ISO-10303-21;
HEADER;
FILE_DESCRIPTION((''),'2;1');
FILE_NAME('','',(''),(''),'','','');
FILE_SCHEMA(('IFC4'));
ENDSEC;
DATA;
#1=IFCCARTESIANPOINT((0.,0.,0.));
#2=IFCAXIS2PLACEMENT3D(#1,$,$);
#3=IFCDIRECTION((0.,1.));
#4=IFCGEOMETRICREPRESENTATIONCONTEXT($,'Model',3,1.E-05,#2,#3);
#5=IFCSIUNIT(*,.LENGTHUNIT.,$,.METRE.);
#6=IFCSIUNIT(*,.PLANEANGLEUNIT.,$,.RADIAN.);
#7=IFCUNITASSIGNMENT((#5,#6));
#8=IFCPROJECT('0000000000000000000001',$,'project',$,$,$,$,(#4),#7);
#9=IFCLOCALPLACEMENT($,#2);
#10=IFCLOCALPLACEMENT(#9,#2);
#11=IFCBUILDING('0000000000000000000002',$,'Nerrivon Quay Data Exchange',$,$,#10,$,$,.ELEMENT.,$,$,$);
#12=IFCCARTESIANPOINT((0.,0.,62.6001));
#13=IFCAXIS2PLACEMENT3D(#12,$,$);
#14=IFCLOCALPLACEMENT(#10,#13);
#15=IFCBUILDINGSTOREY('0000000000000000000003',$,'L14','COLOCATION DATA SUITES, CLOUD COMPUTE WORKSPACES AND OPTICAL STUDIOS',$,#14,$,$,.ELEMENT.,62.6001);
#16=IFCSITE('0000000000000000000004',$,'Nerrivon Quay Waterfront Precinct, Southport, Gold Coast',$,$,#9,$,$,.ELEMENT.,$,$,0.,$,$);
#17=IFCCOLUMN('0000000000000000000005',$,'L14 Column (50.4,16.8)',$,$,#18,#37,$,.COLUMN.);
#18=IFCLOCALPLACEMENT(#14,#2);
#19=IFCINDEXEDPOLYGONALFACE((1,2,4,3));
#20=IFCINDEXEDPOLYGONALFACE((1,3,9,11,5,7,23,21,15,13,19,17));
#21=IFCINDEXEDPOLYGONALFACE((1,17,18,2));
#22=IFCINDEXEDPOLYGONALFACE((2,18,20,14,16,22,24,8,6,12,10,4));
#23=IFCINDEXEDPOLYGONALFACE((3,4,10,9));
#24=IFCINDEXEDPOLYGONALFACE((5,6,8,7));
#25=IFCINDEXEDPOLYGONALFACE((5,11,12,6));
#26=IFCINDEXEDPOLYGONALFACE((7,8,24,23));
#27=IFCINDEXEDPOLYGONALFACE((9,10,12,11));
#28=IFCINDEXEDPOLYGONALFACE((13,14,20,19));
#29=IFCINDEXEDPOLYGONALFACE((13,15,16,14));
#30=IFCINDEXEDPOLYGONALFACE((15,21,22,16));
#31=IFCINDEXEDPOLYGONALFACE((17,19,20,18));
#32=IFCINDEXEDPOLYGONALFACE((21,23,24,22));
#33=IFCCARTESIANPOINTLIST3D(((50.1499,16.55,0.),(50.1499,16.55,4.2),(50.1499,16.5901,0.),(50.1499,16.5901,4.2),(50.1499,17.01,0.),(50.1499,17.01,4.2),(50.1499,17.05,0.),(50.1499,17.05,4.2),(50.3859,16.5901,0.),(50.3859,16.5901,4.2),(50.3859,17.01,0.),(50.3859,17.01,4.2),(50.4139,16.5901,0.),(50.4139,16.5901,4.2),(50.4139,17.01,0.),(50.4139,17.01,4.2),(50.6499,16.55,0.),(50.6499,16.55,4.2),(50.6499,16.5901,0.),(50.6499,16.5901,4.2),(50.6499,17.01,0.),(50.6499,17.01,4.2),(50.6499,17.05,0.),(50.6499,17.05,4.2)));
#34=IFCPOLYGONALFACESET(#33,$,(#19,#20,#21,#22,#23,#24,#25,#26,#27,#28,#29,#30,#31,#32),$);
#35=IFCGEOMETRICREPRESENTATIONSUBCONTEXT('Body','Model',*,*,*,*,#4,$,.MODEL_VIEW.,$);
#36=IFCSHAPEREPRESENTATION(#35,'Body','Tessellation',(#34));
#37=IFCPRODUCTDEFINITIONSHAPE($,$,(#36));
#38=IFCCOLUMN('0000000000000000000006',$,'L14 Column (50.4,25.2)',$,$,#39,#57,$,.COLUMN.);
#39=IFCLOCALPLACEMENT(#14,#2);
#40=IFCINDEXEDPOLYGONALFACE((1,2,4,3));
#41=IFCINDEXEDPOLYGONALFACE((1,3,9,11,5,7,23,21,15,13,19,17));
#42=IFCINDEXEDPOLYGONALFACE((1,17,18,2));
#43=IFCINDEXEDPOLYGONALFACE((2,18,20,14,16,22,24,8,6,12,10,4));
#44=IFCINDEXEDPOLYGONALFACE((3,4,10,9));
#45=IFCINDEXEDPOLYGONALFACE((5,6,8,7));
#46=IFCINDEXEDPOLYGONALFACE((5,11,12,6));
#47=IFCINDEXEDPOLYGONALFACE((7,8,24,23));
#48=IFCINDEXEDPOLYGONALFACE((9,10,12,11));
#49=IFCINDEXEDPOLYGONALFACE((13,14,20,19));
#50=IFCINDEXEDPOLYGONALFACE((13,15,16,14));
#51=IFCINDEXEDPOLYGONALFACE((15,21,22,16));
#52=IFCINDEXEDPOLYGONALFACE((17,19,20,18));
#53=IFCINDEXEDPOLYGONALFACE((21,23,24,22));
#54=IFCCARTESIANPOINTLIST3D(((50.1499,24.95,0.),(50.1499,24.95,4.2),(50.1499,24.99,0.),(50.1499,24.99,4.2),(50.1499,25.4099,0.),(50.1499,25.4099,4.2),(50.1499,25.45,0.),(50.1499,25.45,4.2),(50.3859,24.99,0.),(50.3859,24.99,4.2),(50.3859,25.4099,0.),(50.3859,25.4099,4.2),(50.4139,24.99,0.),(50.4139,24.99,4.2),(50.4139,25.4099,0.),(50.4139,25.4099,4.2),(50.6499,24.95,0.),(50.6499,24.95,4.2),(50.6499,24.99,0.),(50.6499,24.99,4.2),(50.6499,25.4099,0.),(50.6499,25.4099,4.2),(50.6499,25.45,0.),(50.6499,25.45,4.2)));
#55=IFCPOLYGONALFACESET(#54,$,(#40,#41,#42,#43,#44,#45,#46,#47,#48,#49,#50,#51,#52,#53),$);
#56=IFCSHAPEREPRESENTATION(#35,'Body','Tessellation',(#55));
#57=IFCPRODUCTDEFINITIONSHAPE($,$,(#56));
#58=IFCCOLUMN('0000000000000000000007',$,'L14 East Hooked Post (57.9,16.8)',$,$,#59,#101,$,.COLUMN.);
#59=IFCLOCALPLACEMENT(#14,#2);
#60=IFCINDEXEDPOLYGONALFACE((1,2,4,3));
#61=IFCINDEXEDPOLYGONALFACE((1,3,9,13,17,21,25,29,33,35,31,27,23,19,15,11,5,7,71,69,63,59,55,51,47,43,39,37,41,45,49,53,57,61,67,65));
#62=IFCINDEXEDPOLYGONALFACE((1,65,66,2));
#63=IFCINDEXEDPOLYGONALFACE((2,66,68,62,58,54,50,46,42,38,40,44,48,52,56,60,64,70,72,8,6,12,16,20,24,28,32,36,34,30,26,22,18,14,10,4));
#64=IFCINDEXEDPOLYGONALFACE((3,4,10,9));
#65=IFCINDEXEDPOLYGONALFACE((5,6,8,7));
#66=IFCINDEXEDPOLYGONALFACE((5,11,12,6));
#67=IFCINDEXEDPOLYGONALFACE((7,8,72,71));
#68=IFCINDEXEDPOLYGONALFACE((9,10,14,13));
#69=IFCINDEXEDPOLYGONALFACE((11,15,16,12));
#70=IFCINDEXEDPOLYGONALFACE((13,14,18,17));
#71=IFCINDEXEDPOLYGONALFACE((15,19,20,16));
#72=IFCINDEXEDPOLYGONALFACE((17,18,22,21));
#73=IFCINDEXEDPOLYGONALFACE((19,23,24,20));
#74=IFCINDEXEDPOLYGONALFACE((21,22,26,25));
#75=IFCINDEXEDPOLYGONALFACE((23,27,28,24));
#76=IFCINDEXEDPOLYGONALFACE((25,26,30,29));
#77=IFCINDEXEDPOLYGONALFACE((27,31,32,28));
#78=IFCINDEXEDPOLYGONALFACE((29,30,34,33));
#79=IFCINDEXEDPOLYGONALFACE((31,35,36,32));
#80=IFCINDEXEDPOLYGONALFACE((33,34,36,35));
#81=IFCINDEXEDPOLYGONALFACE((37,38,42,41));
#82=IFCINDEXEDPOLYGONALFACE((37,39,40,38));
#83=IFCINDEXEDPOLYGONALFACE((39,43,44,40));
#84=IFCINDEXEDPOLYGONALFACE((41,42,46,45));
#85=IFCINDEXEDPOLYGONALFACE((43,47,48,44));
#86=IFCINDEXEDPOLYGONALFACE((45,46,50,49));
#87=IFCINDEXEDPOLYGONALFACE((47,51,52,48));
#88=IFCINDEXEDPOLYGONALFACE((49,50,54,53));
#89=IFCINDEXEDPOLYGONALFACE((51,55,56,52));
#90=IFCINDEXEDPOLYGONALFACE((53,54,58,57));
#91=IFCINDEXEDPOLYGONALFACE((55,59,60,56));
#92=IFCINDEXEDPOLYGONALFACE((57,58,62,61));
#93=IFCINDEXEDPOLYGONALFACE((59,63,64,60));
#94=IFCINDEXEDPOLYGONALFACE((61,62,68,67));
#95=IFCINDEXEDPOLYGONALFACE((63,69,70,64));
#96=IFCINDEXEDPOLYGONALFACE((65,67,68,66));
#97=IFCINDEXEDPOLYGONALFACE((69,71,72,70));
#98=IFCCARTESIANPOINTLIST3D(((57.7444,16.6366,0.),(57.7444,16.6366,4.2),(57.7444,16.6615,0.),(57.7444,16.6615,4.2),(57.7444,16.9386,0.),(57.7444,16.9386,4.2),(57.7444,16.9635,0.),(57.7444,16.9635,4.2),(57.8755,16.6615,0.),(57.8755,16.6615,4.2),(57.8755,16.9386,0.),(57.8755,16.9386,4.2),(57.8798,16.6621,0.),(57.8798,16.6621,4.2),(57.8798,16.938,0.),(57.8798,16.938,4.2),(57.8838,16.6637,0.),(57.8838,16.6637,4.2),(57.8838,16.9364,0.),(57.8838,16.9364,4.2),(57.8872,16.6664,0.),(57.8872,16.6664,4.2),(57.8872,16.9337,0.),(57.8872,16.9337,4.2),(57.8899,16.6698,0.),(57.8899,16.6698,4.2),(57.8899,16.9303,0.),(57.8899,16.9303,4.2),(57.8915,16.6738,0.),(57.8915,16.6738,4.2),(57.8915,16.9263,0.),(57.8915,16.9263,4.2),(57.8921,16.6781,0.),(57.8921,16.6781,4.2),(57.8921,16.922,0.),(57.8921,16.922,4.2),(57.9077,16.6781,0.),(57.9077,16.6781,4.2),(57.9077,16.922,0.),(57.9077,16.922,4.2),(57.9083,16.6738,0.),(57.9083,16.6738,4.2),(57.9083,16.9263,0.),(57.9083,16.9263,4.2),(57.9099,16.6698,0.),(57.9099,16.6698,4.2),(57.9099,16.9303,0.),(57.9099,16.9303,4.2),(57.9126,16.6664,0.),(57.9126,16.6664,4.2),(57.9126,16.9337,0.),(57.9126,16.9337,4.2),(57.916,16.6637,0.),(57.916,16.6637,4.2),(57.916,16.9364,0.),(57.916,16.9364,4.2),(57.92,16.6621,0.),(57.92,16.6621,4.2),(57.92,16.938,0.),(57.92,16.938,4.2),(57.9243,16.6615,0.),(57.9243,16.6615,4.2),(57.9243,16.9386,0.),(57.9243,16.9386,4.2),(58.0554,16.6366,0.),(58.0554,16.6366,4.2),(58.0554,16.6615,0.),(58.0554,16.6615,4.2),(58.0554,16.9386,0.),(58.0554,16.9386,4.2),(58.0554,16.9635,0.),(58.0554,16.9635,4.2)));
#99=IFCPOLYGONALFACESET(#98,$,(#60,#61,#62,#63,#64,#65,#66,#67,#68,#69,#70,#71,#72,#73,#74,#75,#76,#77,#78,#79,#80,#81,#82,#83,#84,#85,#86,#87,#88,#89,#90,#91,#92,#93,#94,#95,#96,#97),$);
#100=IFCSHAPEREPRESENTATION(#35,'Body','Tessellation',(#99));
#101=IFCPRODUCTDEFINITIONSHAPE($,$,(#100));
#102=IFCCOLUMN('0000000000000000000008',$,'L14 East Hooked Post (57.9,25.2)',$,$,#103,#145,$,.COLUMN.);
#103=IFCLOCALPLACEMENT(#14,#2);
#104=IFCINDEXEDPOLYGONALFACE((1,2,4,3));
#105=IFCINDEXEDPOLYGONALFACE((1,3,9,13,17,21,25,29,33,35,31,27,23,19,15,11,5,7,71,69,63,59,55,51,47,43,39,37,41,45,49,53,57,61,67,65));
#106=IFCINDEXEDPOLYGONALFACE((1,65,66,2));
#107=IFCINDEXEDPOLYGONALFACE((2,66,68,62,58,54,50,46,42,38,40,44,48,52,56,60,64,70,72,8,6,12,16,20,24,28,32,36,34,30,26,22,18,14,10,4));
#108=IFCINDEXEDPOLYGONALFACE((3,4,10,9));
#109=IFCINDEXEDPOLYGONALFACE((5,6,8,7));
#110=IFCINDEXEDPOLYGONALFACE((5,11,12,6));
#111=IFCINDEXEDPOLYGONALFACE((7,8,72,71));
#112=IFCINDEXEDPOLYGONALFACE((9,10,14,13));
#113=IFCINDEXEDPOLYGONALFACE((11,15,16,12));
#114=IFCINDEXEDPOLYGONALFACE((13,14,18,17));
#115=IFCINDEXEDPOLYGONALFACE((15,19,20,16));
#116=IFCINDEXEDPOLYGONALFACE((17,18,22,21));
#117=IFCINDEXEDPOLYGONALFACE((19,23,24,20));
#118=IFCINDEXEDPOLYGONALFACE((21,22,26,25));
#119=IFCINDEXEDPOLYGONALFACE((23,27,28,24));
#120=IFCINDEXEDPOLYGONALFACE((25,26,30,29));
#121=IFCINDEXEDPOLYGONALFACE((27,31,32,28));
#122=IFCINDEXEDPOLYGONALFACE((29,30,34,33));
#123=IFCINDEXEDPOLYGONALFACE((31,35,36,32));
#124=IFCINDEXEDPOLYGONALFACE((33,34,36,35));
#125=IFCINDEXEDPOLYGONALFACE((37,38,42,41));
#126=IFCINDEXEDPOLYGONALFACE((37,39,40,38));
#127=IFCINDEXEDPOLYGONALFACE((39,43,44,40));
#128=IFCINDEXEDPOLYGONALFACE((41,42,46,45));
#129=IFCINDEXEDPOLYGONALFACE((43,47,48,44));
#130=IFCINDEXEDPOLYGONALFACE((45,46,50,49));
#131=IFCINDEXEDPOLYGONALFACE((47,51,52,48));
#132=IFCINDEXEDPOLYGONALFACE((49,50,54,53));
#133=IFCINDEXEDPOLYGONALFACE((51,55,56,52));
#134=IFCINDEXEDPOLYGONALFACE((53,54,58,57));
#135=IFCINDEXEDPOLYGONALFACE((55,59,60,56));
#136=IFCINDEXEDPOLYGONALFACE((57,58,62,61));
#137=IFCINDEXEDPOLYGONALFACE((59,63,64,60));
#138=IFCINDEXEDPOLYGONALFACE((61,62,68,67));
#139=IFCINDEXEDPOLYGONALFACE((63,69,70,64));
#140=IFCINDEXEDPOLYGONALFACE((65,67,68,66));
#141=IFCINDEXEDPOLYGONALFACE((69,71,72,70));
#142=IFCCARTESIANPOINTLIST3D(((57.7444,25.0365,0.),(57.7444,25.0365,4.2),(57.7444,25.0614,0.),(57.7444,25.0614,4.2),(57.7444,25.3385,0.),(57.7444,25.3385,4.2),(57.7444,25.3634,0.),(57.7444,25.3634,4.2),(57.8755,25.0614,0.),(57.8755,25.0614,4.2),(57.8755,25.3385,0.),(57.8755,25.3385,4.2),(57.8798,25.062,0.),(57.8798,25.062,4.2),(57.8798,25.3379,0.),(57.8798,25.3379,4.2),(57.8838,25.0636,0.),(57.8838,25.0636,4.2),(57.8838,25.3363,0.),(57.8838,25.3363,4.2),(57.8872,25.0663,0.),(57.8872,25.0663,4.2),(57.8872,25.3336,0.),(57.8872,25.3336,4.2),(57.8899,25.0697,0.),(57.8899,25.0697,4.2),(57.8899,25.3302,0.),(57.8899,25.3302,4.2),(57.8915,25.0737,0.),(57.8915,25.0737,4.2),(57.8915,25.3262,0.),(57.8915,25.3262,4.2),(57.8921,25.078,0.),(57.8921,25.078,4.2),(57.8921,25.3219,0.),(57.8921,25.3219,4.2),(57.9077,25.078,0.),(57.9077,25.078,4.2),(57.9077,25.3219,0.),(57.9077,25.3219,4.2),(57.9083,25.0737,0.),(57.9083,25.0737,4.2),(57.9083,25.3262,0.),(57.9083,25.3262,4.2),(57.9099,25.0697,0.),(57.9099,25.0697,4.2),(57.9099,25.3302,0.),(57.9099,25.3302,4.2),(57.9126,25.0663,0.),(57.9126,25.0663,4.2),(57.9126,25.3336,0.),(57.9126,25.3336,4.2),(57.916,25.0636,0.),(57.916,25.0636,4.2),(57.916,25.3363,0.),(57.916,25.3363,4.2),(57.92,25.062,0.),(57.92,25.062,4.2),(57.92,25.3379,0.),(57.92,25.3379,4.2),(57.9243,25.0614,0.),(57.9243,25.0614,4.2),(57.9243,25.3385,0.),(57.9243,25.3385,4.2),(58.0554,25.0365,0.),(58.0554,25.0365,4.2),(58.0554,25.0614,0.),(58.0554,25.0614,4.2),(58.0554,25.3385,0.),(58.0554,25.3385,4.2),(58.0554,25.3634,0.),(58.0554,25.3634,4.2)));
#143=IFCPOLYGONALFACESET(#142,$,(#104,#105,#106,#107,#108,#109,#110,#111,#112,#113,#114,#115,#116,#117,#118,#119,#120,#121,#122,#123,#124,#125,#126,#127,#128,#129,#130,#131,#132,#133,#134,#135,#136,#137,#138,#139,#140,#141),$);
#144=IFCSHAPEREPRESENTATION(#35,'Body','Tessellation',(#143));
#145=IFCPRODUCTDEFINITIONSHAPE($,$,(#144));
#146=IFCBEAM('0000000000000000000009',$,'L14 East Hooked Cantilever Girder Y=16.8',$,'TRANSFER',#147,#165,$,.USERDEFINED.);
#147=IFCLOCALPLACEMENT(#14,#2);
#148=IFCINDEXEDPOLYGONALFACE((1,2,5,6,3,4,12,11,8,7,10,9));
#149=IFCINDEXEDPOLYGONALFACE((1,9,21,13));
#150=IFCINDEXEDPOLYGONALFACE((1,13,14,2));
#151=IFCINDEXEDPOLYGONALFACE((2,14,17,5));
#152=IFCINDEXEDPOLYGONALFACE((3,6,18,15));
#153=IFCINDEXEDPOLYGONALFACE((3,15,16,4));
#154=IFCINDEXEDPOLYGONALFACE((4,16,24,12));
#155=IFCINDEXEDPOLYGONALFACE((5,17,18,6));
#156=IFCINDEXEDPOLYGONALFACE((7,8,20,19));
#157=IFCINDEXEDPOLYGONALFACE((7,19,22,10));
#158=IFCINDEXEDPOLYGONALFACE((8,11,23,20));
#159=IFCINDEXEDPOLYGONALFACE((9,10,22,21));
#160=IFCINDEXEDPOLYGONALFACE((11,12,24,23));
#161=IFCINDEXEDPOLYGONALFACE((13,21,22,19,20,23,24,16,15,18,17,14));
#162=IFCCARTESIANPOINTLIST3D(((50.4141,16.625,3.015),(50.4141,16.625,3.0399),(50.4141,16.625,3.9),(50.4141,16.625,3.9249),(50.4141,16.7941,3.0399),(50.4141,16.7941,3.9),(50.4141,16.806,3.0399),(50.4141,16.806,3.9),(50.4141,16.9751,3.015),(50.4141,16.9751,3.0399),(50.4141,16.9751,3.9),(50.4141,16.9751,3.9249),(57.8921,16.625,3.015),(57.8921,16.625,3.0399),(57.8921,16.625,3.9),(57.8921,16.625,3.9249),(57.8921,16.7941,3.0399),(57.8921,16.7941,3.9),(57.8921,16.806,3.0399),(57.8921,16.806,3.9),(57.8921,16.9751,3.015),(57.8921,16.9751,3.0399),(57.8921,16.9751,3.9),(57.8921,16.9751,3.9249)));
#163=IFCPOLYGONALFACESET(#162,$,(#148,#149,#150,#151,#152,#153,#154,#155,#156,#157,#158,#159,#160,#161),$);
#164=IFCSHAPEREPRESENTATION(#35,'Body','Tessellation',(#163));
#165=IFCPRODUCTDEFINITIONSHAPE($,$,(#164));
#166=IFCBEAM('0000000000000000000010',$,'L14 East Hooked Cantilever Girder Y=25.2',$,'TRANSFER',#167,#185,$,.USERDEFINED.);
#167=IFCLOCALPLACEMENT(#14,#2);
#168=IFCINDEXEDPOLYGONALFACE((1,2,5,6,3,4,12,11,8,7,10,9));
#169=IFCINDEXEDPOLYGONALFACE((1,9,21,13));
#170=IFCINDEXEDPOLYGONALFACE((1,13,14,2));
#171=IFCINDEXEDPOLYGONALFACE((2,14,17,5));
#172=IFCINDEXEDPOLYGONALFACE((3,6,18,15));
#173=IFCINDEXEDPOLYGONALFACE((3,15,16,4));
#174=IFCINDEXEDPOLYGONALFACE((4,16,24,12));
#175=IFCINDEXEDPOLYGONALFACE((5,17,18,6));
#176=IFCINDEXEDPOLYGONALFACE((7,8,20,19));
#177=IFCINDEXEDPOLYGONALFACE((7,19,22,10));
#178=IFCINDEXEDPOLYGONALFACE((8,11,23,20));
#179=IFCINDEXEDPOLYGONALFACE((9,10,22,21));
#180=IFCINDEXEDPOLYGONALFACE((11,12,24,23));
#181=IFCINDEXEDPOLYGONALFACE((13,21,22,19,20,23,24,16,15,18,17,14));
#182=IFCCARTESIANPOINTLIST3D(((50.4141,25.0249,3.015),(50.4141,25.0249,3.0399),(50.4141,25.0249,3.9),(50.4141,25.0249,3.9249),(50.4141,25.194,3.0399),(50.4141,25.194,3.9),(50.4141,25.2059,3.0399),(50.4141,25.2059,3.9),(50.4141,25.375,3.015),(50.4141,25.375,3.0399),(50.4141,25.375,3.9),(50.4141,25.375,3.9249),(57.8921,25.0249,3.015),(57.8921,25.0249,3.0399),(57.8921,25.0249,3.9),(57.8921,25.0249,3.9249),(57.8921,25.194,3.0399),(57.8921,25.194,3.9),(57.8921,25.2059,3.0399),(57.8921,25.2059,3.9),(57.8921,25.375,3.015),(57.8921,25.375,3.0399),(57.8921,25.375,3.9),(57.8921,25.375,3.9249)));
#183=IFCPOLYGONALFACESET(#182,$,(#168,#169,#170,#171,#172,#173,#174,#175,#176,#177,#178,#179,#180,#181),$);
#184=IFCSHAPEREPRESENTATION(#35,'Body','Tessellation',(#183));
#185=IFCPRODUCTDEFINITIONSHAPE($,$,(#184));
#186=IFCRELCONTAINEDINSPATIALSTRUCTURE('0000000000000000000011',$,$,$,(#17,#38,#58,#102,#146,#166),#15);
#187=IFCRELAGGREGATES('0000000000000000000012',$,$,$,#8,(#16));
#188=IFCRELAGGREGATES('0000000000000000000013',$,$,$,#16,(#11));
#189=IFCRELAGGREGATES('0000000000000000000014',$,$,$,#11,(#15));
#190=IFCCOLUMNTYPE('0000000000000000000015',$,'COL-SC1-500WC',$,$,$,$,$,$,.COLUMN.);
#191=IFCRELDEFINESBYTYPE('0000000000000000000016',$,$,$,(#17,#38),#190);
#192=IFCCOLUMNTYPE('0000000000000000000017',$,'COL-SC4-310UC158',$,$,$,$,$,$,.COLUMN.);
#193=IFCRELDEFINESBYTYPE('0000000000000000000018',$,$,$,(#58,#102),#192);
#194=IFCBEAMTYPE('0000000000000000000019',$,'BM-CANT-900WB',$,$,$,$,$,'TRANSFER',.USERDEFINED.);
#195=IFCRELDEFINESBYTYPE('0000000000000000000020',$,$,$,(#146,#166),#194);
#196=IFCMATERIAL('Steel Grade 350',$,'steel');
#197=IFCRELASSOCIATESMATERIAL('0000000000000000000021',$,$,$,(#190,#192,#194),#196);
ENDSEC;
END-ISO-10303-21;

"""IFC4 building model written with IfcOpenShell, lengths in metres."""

from ifc_helpers import new_model, si_unit, direction, frame, origin, origin_2d, place, context, subcontext, project, spatial, i_section, extrude, material, material_profile, profile_set, type_object, element, save


model = new_model("IFC4")

# Units and contexts
model_context = context("Model", 3, precision=1e-05, world=origin(), true_north=direction((0.0, 1.0)))
body_context = subcontext(model_context, "Body", "Model", "MODEL_VIEW")
ifc_project = project(units=[si_unit("LENGTHUNIT", "METRE"), si_unit("PLANEANGLEUNIT", "RADIAN")], contexts=[model_context])

# Site, building, storey
site_placement = place(None, origin())
site = spatial("IfcSite", under=ifc_project, at=site_placement, Name="Nerrivon Quay Waterfront Precinct, Southport, Gold Coast", CompositionType="ELEMENT", RefElevation=0.0)
building_placement = place(site_placement, origin())
building = spatial("IfcBuilding", under=site, at=building_placement, Name="Nerrivon Quay Data Exchange", CompositionType="ELEMENT")
storey_placement = place(building_placement, frame((0.0, 0.0, 62.6001)))
storey = spatial("IfcBuildingStorey", under=building, at=storey_placement, Name="L14", Description="COLOCATION DATA SUITES, CLOUD COMPUTE WORKSPACES AND OPTICAL STUDIOS", CompositionType="ELEMENT", Elevation=62.6001)

# Columns
ifc_material_1 = material(Name="Steel Grade 350", Category="steel")
ifc_material_profile_1 = material_profile(ifc_material_1, i_section(OverallWidth=0.5, OverallDepth=0.5, WebThickness=0.0281, FlangeThickness=0.04, at=origin_2d()), Name="500WC440")
ifc_profile_set_1 = profile_set([ifc_material_profile_1], Name="Steel Grade 350")
column_type_1 = type_object("IfcColumnType", Name="COL-SC1-500WC", PredefinedType="COLUMN", material=ifc_profile_set_1)
for number, where, z_axis, x_axis, name in (
    (1, (50.3999, 16.8, 0.0), (0.0, 0.0, 1.0), (1.0, 0.0, 0.0), "L14 Column (50.4,16.8)"),
    (2, (50.3999, 25.2, 0.0), (0.0, 0.0, 1.0), (1.0, 0.0, 0.0), "L14 Column (50.4,25.2)"),
):
    element("IfcColumn", number, at=place(storey_placement, frame(where, z_axis=z_axis, x_axis=x_axis)), inside=storey, type_object=column_type_1, Name=name, PredefinedType="COLUMN", context=body_context, shape_type="SweptSolid", body=[
        extrude(i_section(OverallWidth=0.5, OverallDepth=0.5, WebThickness=0.0281, FlangeThickness=0.04, at=origin_2d()), origin(), (0.0, 0.0, 1.0), 4.2),
    ])
ifc_material_profile_2 = material_profile(ifc_material_1, i_section(OverallWidth=0.311, OverallDepth=0.3269, WebThickness=0.0156, FlangeThickness=0.0249, FilletRadius=0.0166, at=origin_2d()), Name="310UC158")
ifc_profile_set_2 = profile_set([ifc_material_profile_2], Name="Steel Grade 350")
column_type_2 = type_object("IfcColumnType", Name="COL-SC4-310UC158", PredefinedType="COLUMN", material=ifc_profile_set_2)
for number, where, z_axis, x_axis, name in (
    (3, (57.8999, 16.8, 0.0), (0.0, 0.0, 1.0), (1.0, 0.0, 0.0), "L14 East Hooked Post (57.9,16.8)"),
    (4, (57.8999, 25.2, 0.0), (0.0, 0.0, 1.0), (1.0, 0.0, 0.0), "L14 East Hooked Post (57.9,25.2)"),
):
    element("IfcColumn", number, at=place(storey_placement, frame(where, z_axis=z_axis, x_axis=x_axis)), inside=storey, type_object=column_type_2, Name=name, PredefinedType="COLUMN", context=body_context, shape_type="SweptSolid", body=[
        extrude(i_section(OverallWidth=0.311, OverallDepth=0.3269, WebThickness=0.0156, FlangeThickness=0.0249, FilletRadius=0.0166, at=origin_2d()), origin(), (0.0, 0.0, 1.0), 4.2),
    ])

# Beams
ifc_material_profile_3 = material_profile(ifc_material_1, i_section(OverallWidth=0.3501, OverallDepth=0.9099, WebThickness=0.012, FlangeThickness=0.0249, at=origin_2d()), Name="900WB218")
ifc_profile_set_3 = profile_set([ifc_material_profile_3], Name="Steel Grade 350")
beam_type_1 = type_object("IfcBeamType", Name="BM-CANT-900WB", ElementType="TRANSFER", PredefinedType="USERDEFINED", material=ifc_profile_set_3)
for number, where, z_axis, x_axis, name in (
    (5, (50.4141, 16.8, 3.47), (1.0, 0.0, 0.0), (0.0, 1.0, 0.0), "L14 East Hooked Cantilever Girder Y=16.8"),
    (6, (50.4141, 25.2, 3.47), (1.0, 0.0, 0.0), (0.0, 1.0, 0.0), "L14 East Hooked Cantilever Girder Y=25.2"),
):
    element("IfcBeam", number, at=place(storey_placement, frame(where, z_axis=z_axis, x_axis=x_axis)), inside=storey, type_object=beam_type_1, Name=name, ObjectType="TRANSFER", PredefinedType="USERDEFINED", context=body_context, shape_type="SweptSolid", body=[
        extrude(i_section(OverallWidth=0.3501, OverallDepth=0.9099, WebThickness=0.012, FlangeThickness=0.0249, at=origin_2d()), origin(), (0.0, 0.0, 1.0), 7.478),
    ])

save(model, "model.ifc")
